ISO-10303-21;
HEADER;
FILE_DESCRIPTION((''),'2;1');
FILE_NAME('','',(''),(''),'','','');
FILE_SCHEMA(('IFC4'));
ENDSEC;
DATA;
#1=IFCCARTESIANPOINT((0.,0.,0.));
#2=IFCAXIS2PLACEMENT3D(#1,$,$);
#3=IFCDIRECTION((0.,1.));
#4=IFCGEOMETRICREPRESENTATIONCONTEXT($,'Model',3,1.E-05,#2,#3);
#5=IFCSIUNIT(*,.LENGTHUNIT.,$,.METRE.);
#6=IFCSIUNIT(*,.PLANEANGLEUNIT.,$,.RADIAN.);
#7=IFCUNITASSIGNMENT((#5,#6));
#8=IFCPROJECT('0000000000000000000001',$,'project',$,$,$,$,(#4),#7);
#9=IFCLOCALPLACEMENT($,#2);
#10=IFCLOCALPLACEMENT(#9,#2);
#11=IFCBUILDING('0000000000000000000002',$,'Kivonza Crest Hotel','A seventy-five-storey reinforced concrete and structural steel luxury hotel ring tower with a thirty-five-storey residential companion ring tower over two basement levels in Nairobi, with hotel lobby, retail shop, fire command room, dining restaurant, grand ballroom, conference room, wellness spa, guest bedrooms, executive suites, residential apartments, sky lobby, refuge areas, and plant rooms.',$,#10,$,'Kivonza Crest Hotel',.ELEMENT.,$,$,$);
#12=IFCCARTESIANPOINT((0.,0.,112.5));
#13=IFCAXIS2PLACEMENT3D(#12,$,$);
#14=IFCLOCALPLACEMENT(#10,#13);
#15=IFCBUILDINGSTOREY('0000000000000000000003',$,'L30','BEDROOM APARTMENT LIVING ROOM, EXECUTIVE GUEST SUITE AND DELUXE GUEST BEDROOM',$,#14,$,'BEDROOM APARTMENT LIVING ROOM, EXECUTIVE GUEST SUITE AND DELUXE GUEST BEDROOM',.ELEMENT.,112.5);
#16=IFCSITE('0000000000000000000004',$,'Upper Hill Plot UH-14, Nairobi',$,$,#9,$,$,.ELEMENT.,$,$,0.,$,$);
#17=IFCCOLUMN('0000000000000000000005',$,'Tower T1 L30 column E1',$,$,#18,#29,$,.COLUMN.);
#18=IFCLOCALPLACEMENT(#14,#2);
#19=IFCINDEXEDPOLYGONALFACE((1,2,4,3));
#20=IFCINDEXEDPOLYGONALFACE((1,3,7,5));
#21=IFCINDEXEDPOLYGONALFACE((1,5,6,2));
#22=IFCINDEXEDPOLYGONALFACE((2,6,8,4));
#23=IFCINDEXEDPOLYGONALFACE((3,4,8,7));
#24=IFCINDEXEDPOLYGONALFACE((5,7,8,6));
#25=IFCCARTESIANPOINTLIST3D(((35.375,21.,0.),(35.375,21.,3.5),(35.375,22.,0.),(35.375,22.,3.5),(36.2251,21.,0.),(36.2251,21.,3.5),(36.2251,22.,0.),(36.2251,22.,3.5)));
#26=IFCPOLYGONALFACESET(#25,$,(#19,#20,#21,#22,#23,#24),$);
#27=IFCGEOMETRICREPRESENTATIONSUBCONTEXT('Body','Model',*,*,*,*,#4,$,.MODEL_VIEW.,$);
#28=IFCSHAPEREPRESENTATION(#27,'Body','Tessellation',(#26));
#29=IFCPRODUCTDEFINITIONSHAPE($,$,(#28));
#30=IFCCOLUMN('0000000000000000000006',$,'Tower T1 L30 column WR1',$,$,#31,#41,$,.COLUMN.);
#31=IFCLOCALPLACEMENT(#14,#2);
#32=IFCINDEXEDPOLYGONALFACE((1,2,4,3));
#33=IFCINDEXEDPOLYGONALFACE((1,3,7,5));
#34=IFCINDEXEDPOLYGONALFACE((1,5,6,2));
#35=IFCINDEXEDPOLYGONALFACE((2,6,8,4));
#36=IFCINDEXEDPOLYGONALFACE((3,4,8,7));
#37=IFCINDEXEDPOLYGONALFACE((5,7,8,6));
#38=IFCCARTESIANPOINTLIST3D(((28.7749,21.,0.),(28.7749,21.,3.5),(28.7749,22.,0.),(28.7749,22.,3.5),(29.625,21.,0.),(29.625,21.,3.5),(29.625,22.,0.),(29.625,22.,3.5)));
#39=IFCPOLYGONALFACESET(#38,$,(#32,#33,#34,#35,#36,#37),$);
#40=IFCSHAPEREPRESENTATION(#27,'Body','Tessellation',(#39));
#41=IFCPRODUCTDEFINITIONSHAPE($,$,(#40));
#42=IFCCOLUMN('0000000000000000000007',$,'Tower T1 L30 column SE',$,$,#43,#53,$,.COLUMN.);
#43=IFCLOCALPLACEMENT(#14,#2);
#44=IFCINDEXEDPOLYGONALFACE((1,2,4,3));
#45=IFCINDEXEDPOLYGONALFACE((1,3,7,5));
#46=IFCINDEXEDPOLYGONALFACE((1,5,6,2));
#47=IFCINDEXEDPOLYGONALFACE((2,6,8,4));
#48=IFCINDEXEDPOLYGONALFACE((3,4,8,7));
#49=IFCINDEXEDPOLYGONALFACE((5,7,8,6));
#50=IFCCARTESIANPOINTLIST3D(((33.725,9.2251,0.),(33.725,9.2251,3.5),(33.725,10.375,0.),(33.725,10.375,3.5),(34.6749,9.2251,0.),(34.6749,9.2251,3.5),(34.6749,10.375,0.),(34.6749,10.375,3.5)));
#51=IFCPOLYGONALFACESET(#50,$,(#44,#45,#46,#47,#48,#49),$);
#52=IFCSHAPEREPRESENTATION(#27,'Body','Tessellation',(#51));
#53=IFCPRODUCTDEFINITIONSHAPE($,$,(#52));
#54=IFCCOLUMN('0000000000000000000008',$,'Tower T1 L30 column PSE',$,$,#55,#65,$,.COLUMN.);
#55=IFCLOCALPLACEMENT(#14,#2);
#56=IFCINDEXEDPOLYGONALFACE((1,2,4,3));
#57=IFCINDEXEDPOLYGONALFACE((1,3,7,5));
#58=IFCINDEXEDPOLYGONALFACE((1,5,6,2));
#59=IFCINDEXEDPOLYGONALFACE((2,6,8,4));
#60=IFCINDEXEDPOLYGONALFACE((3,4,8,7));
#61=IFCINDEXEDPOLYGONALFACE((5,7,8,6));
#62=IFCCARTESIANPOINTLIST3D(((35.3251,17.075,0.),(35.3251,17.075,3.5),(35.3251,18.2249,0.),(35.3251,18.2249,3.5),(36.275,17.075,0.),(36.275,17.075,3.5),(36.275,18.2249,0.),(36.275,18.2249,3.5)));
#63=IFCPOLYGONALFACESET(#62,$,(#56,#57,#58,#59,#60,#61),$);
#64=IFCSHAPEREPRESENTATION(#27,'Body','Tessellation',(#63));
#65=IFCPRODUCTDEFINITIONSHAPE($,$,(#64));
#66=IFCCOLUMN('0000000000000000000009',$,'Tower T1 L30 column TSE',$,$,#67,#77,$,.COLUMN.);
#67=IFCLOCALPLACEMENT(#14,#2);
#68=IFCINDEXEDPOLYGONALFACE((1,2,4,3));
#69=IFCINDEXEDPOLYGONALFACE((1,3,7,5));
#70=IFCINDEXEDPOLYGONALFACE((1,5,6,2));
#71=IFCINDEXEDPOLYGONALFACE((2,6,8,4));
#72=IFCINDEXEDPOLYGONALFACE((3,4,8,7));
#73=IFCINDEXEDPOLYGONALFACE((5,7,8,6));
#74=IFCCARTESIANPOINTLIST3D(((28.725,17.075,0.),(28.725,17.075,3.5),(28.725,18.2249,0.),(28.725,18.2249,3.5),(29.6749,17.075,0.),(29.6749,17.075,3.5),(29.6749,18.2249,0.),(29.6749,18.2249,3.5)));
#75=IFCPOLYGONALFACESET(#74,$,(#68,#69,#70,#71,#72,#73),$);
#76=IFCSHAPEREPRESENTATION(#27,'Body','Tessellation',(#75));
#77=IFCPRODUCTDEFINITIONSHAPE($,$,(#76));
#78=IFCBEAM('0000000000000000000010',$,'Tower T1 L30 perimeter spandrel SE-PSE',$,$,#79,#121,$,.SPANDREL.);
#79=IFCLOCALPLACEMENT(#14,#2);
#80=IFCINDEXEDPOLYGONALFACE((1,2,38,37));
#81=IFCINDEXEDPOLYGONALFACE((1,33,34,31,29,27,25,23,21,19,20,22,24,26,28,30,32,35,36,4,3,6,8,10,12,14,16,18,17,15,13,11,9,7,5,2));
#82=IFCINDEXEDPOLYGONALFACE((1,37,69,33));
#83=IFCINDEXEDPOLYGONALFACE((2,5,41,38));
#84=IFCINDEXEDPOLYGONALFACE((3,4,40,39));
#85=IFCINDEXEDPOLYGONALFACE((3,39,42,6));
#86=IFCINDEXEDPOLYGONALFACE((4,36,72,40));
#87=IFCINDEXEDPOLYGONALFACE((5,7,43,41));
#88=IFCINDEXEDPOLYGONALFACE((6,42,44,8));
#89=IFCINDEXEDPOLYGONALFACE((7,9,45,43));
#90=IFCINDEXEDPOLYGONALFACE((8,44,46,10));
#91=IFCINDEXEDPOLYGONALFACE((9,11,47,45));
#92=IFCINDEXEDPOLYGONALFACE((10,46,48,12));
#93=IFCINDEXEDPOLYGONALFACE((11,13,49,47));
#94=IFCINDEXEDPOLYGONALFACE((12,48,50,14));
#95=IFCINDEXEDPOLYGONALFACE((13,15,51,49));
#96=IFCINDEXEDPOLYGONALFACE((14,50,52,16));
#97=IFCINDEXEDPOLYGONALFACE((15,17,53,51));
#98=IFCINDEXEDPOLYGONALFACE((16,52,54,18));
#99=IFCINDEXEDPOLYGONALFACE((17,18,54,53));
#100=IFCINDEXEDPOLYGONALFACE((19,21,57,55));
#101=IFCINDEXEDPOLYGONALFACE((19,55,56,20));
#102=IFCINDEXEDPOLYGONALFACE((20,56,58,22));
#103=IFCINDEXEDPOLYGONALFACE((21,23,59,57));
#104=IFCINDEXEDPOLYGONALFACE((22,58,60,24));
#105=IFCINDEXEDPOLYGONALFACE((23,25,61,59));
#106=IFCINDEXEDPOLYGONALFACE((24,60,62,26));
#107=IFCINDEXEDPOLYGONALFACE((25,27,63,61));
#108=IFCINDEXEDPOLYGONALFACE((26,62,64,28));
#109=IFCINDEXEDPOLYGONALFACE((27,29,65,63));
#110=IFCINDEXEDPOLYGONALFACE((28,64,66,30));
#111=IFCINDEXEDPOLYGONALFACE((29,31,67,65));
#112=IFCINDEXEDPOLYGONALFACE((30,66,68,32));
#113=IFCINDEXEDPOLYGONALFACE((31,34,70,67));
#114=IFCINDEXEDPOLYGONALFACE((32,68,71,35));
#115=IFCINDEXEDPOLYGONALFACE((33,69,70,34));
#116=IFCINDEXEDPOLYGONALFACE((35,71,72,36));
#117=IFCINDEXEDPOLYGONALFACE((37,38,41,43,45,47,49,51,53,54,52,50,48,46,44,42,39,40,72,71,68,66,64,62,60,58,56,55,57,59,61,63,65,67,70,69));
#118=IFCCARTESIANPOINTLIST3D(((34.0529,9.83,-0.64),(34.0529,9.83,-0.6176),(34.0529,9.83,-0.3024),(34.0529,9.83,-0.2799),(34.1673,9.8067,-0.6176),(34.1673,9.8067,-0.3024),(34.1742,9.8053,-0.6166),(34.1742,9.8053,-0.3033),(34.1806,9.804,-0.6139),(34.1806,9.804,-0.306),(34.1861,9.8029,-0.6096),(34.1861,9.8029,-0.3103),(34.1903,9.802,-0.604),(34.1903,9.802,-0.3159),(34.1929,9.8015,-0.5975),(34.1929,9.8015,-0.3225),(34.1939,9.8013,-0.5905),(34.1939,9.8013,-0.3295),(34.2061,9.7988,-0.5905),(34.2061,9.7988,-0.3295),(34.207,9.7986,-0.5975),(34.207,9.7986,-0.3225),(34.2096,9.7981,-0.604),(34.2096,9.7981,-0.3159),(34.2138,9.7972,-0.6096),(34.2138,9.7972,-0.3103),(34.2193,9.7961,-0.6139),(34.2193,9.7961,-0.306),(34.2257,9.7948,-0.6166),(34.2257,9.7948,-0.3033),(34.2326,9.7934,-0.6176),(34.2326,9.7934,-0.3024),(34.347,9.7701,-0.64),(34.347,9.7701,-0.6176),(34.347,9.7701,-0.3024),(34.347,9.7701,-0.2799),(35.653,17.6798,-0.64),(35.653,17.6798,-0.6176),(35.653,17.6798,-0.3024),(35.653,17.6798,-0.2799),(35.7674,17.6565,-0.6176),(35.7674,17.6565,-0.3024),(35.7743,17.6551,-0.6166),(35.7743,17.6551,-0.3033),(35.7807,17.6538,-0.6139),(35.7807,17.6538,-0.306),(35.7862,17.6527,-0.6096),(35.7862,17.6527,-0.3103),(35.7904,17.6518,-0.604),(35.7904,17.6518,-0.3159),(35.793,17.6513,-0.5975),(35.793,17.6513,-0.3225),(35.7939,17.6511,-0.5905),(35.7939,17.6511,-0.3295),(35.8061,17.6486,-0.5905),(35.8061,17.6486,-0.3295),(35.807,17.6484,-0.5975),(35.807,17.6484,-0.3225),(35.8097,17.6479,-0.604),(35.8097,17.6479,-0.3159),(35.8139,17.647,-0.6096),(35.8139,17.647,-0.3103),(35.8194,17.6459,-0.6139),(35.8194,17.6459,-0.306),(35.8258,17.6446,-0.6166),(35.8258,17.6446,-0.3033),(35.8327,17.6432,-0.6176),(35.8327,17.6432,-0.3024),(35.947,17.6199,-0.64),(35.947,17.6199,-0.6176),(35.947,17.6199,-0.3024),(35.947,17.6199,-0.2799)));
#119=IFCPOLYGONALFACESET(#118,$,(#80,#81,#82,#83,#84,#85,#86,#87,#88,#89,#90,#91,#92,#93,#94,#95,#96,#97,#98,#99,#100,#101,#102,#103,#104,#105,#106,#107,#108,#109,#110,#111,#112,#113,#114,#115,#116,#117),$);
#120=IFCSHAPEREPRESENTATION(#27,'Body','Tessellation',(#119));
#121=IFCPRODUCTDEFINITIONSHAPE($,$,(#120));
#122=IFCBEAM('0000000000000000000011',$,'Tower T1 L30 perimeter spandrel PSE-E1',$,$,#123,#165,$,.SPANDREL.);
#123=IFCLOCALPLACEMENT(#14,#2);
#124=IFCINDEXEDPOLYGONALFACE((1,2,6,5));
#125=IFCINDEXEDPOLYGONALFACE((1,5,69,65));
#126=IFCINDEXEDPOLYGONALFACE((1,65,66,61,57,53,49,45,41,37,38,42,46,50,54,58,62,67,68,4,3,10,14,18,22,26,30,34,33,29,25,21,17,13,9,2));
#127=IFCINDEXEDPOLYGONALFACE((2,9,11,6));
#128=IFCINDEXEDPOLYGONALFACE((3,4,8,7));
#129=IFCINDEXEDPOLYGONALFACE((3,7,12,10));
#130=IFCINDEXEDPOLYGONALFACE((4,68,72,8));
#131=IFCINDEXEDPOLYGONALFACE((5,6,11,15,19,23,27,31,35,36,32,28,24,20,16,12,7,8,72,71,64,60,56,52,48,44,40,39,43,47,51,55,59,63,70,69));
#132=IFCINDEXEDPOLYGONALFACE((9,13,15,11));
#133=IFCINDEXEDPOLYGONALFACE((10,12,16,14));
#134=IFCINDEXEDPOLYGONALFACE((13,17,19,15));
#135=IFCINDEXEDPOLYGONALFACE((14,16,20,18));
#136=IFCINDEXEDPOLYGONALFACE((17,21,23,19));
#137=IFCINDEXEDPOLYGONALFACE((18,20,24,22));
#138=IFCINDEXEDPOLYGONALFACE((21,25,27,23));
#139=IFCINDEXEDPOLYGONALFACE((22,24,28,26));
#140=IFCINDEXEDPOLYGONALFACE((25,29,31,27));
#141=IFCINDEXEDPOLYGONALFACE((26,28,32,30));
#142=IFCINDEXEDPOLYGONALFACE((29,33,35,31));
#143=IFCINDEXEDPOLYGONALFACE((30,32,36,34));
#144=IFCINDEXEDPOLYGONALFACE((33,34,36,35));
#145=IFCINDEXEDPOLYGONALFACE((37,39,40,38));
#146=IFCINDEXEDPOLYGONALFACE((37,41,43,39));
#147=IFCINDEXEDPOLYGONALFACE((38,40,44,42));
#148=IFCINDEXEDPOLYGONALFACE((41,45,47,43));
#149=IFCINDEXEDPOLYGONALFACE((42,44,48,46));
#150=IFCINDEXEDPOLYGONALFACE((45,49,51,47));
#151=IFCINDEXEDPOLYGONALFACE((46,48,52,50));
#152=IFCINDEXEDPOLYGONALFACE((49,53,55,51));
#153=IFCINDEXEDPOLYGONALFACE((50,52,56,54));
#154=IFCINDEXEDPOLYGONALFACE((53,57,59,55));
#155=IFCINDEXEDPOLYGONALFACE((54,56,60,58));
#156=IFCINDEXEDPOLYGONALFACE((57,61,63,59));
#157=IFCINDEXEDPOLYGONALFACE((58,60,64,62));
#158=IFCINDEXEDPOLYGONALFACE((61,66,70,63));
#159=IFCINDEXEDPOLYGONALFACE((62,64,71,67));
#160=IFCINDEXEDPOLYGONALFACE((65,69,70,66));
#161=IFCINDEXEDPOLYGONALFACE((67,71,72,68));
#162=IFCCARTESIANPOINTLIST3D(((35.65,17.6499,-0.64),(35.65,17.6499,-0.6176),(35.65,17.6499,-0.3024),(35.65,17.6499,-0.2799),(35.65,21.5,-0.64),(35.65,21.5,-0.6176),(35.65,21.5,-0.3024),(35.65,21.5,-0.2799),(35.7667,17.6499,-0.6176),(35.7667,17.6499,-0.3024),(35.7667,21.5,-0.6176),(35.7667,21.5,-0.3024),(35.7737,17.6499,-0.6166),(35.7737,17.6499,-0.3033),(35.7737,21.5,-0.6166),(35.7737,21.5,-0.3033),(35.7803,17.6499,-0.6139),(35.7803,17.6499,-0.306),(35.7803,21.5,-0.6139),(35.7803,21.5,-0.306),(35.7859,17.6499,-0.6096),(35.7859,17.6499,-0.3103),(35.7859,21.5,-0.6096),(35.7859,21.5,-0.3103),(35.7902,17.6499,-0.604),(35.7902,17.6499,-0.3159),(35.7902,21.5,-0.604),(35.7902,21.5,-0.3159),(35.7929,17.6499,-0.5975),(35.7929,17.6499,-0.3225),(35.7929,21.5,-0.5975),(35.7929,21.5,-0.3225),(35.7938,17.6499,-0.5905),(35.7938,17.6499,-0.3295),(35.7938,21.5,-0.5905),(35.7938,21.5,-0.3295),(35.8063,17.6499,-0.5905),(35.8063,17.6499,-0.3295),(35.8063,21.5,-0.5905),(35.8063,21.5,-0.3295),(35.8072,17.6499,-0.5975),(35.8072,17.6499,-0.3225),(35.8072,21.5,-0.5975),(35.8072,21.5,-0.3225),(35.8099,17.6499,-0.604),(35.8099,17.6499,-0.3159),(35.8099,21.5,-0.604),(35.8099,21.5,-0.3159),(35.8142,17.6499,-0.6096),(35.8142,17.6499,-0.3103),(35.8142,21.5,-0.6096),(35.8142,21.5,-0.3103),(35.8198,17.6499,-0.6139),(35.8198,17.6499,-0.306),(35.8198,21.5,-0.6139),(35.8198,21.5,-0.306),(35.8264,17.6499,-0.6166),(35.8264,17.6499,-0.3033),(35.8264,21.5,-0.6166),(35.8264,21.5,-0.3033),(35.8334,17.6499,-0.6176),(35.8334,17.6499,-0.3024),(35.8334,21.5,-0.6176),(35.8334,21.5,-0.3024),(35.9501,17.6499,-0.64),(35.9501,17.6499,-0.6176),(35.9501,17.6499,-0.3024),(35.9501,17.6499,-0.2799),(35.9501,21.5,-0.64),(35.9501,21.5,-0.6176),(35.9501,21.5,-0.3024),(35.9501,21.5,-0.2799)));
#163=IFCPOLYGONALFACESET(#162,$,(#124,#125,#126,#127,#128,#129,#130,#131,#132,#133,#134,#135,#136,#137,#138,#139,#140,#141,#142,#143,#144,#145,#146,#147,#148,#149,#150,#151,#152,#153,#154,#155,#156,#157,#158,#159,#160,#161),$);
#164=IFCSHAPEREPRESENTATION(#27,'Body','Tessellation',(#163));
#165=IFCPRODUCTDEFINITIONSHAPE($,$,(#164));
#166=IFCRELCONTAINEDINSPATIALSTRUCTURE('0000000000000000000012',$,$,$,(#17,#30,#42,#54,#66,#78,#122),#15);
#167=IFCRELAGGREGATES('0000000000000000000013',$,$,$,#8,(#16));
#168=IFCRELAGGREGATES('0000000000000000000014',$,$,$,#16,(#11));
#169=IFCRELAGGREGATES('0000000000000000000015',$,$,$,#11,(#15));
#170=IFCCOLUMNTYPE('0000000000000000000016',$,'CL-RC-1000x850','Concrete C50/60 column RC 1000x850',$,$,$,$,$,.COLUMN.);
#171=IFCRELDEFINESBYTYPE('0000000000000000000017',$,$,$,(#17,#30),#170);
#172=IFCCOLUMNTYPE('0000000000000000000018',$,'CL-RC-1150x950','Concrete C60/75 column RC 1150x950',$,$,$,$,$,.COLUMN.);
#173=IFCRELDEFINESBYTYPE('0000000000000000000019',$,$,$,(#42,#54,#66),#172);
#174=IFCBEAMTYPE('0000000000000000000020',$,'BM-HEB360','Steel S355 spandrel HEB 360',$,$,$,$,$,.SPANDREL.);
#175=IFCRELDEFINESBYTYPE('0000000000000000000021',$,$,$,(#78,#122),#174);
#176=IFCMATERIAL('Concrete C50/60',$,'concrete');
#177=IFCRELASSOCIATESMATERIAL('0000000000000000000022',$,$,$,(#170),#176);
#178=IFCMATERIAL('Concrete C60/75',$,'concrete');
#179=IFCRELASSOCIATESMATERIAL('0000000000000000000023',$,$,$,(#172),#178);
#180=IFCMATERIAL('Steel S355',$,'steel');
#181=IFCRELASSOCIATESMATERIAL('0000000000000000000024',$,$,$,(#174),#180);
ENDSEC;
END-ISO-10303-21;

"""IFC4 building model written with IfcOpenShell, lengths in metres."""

from ifc_helpers import new_model, si_unit, direction, frame, origin, origin_2d, place, context, subcontext, project, spatial, rectangle, i_section, extrude, material, material_profile, profile_set, type_object, element, save


model = new_model("IFC4")

# Units and contexts
model_context = context("Model", 3, precision=1e-05, world=origin(), true_north=direction((0.0, 1.0)))
body_context = subcontext(model_context, "Body", "Model", "MODEL_VIEW")
ifc_project = project(units=[si_unit("LENGTHUNIT", "METRE"), si_unit("PLANEANGLEUNIT", "RADIAN")], contexts=[model_context])

# Site, building, storey
site_placement = place(None, origin())
site = spatial("IfcSite", under=ifc_project, at=site_placement, Name="Upper Hill Plot UH-14, Nairobi", CompositionType="ELEMENT", RefElevation=0.0)
building_placement = place(site_placement, origin())
building = spatial("IfcBuilding", under=site, at=building_placement, Name="Kivonza Crest Hotel", Description="A seventy-five-storey reinforced concrete and structural steel luxury hotel ring tower with a thirty-five-storey residential companion ring tower over two basement levels in Nairobi, with hotel lobby, retail shop, fire command room, dining restaurant, grand ballroom, conference room, wellness spa, guest bedrooms, executive suites, residential apartments, sky lobby, refuge areas, and plant rooms.", LongName="Kivonza Crest Hotel", CompositionType="ELEMENT")
storey_placement = place(building_placement, frame((0.0, 0.0, 112.5)))
storey = spatial("IfcBuildingStorey", under=building, at=storey_placement, Name="L30", Description="BEDROOM APARTMENT LIVING ROOM, EXECUTIVE GUEST SUITE AND DELUXE GUEST BEDROOM", LongName="BEDROOM APARTMENT LIVING ROOM, EXECUTIVE GUEST SUITE AND DELUXE GUEST BEDROOM", CompositionType="ELEMENT", Elevation=112.5)

# Columns
ifc_material_1 = material(Name="Concrete C50/60", Category="concrete")
ifc_material_profile_1 = material_profile(ifc_material_1, rectangle(XDim=0.8501, YDim=1.0, at=origin_2d()), Name="RC 1000x850")
ifc_profile_set_1 = profile_set([ifc_material_profile_1], Name="Concrete C50/60")
column_type_1 = type_object("IfcColumnType", Name="CL-RC-1000x850", Description="Concrete C50/60 column RC 1000x850", PredefinedType="COLUMN", material=ifc_profile_set_1)
for number, where, z_axis, x_axis, name in (
    (1, (35.8, 21.5, 0.0), (0.0, 0.0, 1.0), (1.0, 0.0, 0.0), "Tower T1 L30 column E1"),
    (2, (29.2, 21.5, 0.0), (0.0, 0.0, 1.0), (1.0, 0.0, 0.0), "Tower T1 L30 column WR1"),
):
    element("IfcColumn", number, at=place(storey_placement, frame(where, z_axis=z_axis, x_axis=x_axis)), inside=storey, type_object=column_type_1, Name=name, PredefinedType="COLUMN", context=body_context, shape_type="SweptSolid", body=[
        extrude(rectangle(XDim=0.8501, YDim=1.0, at=origin_2d()), origin(), (0.0, 0.0, 1.0), 3.5),
    ])
ifc_material_2 = material(Name="Concrete C60/75", Category="concrete")
ifc_material_profile_2 = material_profile(ifc_material_2, rectangle(XDim=0.95, YDim=1.1499, at=origin_2d()), Name="RC 1150x950")
ifc_profile_set_2 = profile_set([ifc_material_profile_2], Name="Concrete C60/75")
column_type_2 = type_object("IfcColumnType", Name="CL-RC-1150x950", Description="Concrete C60/75 column RC 1150x950", PredefinedType="COLUMN", material=ifc_profile_set_2)
for number, where, z_axis, x_axis, name in (
    (3, (34.2, 9.8, 0.0), (0.0, 0.0, 1.0), (1.0, 0.0, 0.0), "Tower T1 L30 column SE"),
    (4, (35.8, 17.6499, 0.0), (0.0, 0.0, 1.0), (1.0, 0.0, 0.0), "Tower T1 L30 column PSE"),
    (5, (29.2, 17.6499, 0.0), (0.0, 0.0, 1.0), (1.0, 0.0, 0.0), "Tower T1 L30 column TSE"),
):
    element("IfcColumn", number, at=place(storey_placement, frame(where, z_axis=z_axis, x_axis=x_axis)), inside=storey, type_object=column_type_2, Name=name, PredefinedType="COLUMN", context=body_context, shape_type="SweptSolid", body=[
        extrude(rectangle(XDim=0.95, YDim=1.1499, at=origin_2d()), origin(), (0.0, 0.0, 1.0), 3.5),
    ])

# Beams
ifc_material_3 = material(Name="Steel S355", Category="steel")
ifc_material_profile_3 = material_profile(ifc_material_3, i_section(OverallWidth=0.3, OverallDepth=0.3601, WebThickness=0.0125, FlangeThickness=0.0225, FilletRadius=0.0271, at=origin_2d()), Name="HEB 360")
ifc_profile_set_3 = profile_set([ifc_material_profile_3], Name="Steel S355")
beam_type_1 = type_object("IfcBeamType", Name="BM-HEB360", Description="Steel S355 spandrel HEB 360", PredefinedType="SPANDREL", material=ifc_profile_set_3)
beam_1_placement = place(storey_placement, frame((34.2, 9.8, -0.46), z_axis=(0.199731, 0.979851, 0.0), x_axis=(-0.979851, 0.199731, 0.0)))
element("IfcBeam", 6, at=beam_1_placement, inside=storey, type_object=beam_type_1, Name="Tower T1 L30 perimeter spandrel SE-PSE", PredefinedType="SPANDREL", context=body_context, shape_type="SweptSolid", body=[
    extrude(i_section(OverallWidth=0.3, OverallDepth=0.3601, WebThickness=0.0125, FlangeThickness=0.0225, FilletRadius=0.0271, at=origin_2d()), origin(), (0.0, 0.0, 1.0), 8.0112),
])
beam_2_placement = place(storey_placement, frame((35.8, 17.6499, -0.46), z_axis=(0.0, 1.0, 0.0), x_axis=(-1.0, 0.0, 0.0)))
element("IfcBeam", 7, at=beam_2_placement, inside=storey, type_object=beam_type_1, Name="Tower T1 L30 perimeter spandrel PSE-E1", PredefinedType="SPANDREL", context=body_context, shape_type="SweptSolid", body=[
    extrude(i_section(OverallWidth=0.3, OverallDepth=0.3601, WebThickness=0.0125, FlangeThickness=0.0225, FilletRadius=0.0271, at=origin_2d()), origin(), (0.0, 0.0, 1.0), 3.8501),
])

save(model, "model.ifc")
